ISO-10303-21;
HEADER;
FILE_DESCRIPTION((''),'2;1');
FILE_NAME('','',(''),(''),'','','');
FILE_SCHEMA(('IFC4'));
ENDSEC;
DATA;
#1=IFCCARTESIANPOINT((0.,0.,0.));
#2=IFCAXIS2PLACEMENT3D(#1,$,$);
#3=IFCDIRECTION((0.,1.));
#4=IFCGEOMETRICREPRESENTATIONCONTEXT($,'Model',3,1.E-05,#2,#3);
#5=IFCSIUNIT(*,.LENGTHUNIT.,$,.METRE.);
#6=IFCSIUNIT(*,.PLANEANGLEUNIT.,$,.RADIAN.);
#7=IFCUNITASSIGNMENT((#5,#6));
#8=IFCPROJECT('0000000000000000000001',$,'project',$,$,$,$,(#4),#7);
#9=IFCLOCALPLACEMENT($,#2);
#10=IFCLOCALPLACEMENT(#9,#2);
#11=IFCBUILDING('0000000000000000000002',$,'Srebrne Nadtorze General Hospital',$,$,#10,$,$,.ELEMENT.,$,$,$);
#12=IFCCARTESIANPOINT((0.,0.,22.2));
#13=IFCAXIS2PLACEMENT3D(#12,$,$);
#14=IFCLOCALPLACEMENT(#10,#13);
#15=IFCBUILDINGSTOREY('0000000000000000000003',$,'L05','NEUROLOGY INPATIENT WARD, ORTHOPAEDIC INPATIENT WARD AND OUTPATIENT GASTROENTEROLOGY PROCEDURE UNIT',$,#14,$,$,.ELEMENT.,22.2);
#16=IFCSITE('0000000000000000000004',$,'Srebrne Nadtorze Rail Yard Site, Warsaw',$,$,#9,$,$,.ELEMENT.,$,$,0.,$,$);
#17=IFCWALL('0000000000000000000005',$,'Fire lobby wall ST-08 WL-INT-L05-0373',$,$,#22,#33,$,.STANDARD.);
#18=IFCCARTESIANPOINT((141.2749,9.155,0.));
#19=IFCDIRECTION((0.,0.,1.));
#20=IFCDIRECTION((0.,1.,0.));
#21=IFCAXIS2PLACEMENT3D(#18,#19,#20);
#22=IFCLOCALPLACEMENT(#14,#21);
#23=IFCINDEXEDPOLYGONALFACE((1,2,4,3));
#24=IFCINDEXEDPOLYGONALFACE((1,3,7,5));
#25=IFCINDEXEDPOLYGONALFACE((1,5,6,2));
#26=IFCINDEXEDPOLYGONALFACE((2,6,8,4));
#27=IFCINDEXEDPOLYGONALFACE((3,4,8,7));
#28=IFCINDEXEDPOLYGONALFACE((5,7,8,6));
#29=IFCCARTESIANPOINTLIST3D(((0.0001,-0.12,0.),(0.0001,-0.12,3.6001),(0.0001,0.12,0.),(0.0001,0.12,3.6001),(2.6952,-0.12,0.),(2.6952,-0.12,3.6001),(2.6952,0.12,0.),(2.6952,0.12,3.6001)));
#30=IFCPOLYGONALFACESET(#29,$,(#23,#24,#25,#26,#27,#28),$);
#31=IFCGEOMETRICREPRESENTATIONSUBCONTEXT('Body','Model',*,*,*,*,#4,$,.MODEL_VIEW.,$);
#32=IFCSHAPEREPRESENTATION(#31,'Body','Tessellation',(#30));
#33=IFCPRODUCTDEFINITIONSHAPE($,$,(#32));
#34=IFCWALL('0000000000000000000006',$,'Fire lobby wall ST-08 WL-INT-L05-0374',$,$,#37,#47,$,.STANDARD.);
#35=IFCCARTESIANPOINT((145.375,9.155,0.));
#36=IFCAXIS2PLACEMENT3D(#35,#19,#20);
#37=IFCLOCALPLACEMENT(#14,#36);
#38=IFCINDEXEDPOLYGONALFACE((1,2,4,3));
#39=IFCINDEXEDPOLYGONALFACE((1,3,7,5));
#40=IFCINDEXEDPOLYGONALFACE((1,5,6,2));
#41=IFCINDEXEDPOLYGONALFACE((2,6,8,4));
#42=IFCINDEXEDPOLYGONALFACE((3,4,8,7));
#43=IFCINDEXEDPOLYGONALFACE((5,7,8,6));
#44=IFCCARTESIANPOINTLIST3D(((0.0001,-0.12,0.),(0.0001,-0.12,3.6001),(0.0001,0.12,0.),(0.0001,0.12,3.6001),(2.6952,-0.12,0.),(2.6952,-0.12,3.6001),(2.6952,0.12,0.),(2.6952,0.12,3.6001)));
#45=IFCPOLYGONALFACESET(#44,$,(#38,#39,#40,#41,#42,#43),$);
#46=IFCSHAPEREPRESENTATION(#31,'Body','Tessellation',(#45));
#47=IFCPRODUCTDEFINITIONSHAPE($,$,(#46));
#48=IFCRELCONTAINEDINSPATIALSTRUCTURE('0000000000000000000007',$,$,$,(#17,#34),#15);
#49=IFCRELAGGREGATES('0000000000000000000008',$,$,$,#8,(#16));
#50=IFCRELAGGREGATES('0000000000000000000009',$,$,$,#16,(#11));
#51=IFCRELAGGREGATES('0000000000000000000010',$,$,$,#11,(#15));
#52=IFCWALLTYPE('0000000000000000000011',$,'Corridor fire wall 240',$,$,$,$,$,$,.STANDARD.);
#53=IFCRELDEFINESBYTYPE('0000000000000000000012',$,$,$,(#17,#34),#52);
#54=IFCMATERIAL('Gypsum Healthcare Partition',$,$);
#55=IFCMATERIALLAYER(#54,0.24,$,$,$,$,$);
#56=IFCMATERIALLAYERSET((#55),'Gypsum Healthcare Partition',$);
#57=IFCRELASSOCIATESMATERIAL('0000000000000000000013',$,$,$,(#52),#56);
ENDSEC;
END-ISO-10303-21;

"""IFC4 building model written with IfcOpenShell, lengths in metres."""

from ifc_helpers import new_model, si_unit, direction, frame, frame_2d, origin, place, context, subcontext, project, spatial, rectangle, extrude, material, layer, layer_set, type_object, element, save


model = new_model("IFC4")

# Units and contexts
model_context = context("Model", 3, precision=1e-05, world=origin(), true_north=direction((0.0, 1.0)))
body_context = subcontext(model_context, "Body", "Model", "MODEL_VIEW")
ifc_project = project(units=[si_unit("LENGTHUNIT", "METRE"), si_unit("PLANEANGLEUNIT", "RADIAN")], contexts=[model_context])

# Site, building, storey
site_placement = place(None, origin())
site = spatial("IfcSite", under=ifc_project, at=site_placement, Name="Srebrne Nadtorze Rail Yard Site, Warsaw", CompositionType="ELEMENT", RefElevation=0.0)
building_placement = place(site_placement, origin())
building = spatial("IfcBuilding", under=site, at=building_placement, Name="Srebrne Nadtorze General Hospital", CompositionType="ELEMENT")
storey_placement = place(building_placement, frame((0.0, 0.0, 22.2)))
storey = spatial("IfcBuildingStorey", under=building, at=storey_placement, Name="L05", Description="NEUROLOGY INPATIENT WARD, ORTHOPAEDIC INPATIENT WARD AND OUTPATIENT GASTROENTEROLOGY PROCEDURE UNIT", CompositionType="ELEMENT", Elevation=22.2)

# Walls
ifc_material_1 = material(Name="Gypsum Healthcare Partition")
ifc_layer_1 = layer(ifc_material_1, 0.24)
ifc_layer_set_1 = layer_set([ifc_layer_1], Name="Gypsum Healthcare Partition")
wall_type_1 = type_object("IfcWallType", Name="Corridor fire wall 240", PredefinedType="STANDARD", material=ifc_layer_set_1)
for number, where, z_axis, x_axis, name in (
    (1, (141.2749, 9.155, 0.0), (0.0, 0.0, 1.0), (0.0, 1.0, 0.0), "Fire lobby wall ST-08 WL-INT-L05-0373"),
    (2, (145.375, 9.155, 0.0), (0.0, 0.0, 1.0), (0.0, 1.0, 0.0), "Fire lobby wall ST-08 WL-INT-L05-0374"),
):
    element("IfcWall", number, at=place(storey_placement, frame(where, z_axis=z_axis, x_axis=x_axis)), inside=storey, type_object=wall_type_1, Name=name, PredefinedType="STANDARD", context=body_context, shape_type="SweptSolid", body=[
        extrude(rectangle(XDim=2.6951, YDim=0.24, at=frame_2d((1.3477, 0.0))), origin(), (0.0, 0.0, 1.0), 3.6001),
    ])

save(model, "model.ifc")
